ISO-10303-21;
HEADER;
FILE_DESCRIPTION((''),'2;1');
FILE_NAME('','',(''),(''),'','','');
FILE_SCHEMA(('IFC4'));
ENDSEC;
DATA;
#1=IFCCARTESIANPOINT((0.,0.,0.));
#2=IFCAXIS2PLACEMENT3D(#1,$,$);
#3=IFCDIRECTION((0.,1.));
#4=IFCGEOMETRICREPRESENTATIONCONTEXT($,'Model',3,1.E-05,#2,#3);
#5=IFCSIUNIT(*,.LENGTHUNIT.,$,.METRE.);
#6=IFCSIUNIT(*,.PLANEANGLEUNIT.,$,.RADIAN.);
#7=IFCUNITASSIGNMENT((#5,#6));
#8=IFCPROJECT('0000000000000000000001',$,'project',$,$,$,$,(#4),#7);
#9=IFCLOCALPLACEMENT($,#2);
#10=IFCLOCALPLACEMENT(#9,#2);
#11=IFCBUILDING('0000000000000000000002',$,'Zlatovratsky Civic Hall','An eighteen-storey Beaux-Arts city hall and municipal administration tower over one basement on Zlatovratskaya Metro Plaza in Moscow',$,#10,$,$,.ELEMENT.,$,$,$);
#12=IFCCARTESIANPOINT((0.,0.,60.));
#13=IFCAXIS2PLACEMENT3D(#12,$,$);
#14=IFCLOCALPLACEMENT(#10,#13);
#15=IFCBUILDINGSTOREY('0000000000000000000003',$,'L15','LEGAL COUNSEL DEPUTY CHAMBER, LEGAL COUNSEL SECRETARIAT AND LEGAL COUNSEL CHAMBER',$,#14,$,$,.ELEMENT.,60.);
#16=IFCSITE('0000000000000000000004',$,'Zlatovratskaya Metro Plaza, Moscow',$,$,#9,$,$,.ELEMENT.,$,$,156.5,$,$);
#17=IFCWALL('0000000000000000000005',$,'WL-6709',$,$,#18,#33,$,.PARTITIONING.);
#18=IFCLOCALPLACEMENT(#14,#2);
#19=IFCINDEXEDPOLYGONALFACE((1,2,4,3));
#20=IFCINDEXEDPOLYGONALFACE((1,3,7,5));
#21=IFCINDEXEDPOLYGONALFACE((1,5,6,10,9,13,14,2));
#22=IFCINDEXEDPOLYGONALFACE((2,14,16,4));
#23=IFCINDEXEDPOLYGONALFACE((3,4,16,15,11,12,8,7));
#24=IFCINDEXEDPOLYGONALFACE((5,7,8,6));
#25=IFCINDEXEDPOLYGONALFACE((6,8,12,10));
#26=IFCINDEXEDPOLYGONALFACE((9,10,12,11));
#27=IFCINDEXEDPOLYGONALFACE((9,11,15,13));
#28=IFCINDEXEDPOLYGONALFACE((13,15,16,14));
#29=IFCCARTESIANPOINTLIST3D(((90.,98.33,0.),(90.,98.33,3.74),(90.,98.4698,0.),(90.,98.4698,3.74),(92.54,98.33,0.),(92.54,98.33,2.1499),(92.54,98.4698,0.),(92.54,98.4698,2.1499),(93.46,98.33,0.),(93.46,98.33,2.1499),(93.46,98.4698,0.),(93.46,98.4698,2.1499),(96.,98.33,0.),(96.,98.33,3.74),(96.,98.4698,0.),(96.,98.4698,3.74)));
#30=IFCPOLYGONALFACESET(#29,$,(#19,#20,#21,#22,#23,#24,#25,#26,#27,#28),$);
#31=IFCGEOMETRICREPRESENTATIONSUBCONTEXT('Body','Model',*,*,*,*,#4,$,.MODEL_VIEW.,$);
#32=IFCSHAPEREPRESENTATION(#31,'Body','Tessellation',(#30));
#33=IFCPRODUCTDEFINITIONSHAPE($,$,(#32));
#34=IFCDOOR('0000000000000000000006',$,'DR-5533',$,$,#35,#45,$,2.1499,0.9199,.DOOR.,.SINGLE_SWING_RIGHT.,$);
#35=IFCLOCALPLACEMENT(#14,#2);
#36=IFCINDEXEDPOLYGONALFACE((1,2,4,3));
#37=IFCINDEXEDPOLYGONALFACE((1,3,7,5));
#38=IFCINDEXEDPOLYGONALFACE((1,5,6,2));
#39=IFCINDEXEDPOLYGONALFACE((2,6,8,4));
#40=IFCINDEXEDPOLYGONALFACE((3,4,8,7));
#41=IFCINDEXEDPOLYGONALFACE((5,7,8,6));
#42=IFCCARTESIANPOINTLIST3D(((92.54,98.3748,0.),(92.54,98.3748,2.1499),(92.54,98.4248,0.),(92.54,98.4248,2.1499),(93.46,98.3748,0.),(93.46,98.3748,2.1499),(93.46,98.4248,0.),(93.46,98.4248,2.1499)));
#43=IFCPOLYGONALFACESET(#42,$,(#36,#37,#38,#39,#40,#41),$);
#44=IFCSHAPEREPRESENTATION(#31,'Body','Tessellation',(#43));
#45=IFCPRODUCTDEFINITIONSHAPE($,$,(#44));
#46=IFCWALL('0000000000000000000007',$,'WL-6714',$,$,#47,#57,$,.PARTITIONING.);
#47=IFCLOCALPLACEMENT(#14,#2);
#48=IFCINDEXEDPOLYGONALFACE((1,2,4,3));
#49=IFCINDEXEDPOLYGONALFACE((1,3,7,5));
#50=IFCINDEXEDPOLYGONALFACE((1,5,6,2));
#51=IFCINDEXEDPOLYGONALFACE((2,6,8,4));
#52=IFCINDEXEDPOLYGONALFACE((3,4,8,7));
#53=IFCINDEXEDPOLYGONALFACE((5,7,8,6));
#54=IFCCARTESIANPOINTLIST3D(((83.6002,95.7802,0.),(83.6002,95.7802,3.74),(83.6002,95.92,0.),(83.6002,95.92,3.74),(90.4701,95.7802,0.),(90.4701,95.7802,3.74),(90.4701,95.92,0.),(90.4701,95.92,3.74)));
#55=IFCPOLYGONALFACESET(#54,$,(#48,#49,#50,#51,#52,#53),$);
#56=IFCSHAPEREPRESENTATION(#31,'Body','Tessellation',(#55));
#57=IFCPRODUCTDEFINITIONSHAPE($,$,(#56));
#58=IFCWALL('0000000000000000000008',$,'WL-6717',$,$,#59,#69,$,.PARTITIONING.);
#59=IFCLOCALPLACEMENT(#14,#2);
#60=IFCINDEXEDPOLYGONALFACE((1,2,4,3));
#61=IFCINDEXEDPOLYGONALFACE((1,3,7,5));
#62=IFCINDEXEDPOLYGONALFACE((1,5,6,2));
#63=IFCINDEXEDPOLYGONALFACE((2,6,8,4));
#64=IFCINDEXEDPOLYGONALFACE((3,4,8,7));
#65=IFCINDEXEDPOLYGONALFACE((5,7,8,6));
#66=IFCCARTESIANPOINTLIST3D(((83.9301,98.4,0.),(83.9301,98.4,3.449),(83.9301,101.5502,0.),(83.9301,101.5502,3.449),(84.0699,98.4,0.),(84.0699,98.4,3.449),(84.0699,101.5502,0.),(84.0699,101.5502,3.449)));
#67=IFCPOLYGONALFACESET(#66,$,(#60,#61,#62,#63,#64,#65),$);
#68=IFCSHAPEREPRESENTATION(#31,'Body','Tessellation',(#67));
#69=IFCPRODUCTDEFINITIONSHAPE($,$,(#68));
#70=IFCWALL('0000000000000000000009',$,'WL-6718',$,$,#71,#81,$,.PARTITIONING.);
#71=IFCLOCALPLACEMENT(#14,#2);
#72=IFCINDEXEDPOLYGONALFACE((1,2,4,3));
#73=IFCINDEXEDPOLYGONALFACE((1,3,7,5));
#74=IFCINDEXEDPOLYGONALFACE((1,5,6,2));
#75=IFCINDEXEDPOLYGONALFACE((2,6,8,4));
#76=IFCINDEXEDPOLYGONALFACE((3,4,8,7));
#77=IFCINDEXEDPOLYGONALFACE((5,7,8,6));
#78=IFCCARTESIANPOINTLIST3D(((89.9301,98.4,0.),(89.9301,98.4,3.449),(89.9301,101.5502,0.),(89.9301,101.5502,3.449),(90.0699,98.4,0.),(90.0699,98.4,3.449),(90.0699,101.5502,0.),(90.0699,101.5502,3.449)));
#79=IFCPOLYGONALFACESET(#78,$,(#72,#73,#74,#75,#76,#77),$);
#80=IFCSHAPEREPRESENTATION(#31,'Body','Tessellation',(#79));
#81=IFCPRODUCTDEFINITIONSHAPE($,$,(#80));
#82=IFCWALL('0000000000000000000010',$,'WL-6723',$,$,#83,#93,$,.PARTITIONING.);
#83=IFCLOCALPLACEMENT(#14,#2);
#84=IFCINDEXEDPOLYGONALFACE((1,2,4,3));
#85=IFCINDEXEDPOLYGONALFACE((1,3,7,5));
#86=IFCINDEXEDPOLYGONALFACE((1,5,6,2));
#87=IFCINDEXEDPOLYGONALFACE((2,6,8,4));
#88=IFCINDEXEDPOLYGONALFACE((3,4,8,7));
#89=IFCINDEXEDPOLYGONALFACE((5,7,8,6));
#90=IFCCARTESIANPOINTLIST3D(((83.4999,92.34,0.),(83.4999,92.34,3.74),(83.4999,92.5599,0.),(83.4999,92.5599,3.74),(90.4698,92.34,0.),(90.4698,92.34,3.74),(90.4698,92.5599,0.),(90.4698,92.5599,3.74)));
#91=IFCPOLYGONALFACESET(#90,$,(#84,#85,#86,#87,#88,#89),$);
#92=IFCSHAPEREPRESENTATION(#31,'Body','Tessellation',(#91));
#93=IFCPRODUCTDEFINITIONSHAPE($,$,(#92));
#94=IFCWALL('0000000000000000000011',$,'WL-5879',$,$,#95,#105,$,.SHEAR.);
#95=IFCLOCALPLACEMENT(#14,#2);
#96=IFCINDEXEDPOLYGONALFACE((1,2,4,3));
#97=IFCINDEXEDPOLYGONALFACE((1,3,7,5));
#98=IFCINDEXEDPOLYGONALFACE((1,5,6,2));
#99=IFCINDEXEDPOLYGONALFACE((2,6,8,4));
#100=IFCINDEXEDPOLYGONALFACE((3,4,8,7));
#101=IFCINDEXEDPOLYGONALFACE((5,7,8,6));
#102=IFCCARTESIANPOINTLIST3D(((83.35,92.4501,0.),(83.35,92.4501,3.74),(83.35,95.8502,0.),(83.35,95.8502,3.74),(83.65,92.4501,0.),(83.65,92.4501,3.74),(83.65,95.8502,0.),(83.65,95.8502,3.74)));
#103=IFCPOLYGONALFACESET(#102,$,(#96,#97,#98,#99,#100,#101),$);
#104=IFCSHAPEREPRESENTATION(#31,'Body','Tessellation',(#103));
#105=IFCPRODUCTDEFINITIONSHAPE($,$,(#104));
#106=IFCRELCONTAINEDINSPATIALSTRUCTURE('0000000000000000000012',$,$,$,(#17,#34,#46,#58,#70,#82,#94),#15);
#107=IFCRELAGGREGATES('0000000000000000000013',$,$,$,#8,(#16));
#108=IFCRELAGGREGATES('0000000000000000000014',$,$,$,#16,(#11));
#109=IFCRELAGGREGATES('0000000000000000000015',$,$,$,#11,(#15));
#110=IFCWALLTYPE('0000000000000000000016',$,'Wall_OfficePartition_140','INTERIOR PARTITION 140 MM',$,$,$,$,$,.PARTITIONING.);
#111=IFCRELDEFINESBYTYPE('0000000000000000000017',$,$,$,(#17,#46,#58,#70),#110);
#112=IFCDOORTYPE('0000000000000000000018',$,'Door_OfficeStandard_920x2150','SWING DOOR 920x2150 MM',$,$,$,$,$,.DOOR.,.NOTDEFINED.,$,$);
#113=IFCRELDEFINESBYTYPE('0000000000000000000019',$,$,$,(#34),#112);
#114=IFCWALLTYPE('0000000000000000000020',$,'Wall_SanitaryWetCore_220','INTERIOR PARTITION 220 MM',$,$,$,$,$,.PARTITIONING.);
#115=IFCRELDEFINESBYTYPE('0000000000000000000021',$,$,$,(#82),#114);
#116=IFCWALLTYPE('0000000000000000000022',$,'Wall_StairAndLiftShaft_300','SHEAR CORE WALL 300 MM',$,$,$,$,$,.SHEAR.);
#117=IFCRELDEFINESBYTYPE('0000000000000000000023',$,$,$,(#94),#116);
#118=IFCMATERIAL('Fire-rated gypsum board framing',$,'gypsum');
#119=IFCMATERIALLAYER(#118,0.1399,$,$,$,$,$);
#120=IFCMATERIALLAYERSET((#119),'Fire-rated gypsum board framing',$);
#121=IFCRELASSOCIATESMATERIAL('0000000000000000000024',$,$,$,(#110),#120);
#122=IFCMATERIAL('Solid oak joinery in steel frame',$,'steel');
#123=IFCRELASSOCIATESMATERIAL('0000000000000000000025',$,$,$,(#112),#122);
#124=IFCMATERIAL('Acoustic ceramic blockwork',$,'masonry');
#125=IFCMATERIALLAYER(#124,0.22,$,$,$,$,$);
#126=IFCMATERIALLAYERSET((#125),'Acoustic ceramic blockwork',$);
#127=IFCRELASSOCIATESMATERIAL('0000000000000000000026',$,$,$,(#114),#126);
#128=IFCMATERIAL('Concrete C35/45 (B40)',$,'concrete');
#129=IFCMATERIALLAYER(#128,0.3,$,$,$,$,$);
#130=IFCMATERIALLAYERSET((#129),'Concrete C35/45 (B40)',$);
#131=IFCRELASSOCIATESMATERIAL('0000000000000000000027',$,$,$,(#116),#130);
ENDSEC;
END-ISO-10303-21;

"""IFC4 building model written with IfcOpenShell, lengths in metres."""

from ifc_helpers import new_model, si_unit, direction, frame, frame_2d, origin, place, context, subcontext, project, spatial, rectangle, extrude, material, layer, layer_set, type_object, element, fill, save


model = new_model("IFC4")

# Units and contexts
model_context = context("Model", 3, precision=1e-05, world=origin(), true_north=direction((0.0, 1.0)))
body_context = subcontext(model_context, "Body", "Model", "MODEL_VIEW")
ifc_project = project(units=[si_unit("LENGTHUNIT", "METRE"), si_unit("PLANEANGLEUNIT", "RADIAN")], contexts=[model_context])

# Site, building, storey
site_placement = place(None, origin())
site = spatial("IfcSite", under=ifc_project, at=site_placement, Name="Zlatovratskaya Metro Plaza, Moscow", CompositionType="ELEMENT", RefElevation=156.5)
building_placement = place(site_placement, origin())
building = spatial("IfcBuilding", under=site, at=building_placement, Name="Zlatovratsky Civic Hall", Description="An eighteen-storey Beaux-Arts city hall and municipal administration tower over one basement on Zlatovratskaya Metro Plaza in Moscow", CompositionType="ELEMENT")
storey_placement = place(building_placement, frame((0.0, 0.0, 60.0)))
storey = spatial("IfcBuildingStorey", under=building, at=storey_placement, Name="L15", Description="LEGAL COUNSEL DEPUTY CHAMBER, LEGAL COUNSEL SECRETARIAT AND LEGAL COUNSEL CHAMBER", CompositionType="ELEMENT", Elevation=60.0)

# Shared definitions
ifc_material_1 = material(Name="Concrete C35/45 (B40)", Category="concrete")

# Wall, opening, door
ifc_material_2 = material(Name="Fire-rated gypsum board framing", Category="gypsum")
ifc_layer_1 = layer(ifc_material_2, 0.1399)
ifc_layer_set_1 = layer_set([ifc_layer_1], Name="Fire-rated gypsum board framing")
wall_type_1 = type_object("IfcWallType", Name="Wall_OfficePartition_140", Description="INTERIOR PARTITION 140 MM", PredefinedType="PARTITIONING", material=ifc_layer_set_1)
ifc_material_3 = material(Name="Solid oak joinery in steel frame", Category="steel")
door_type = type_object("IfcDoorType", Name="Door_OfficeStandard_920x2150", Description="SWING DOOR 920x2150 MM", OperationType="NOTDEFINED", PredefinedType="DOOR", material=ifc_material_3)
wall_1_placement = place(storey_placement, frame((90.0, 98.3999, 0.0), z_axis=(0.0, 0.0, 1.0), x_axis=(1.0, 0.0, 0.0)))
wall_1 = element("IfcWall", 1, at=wall_1_placement, inside=storey, type_object=wall_type_1, Name="WL-6709", PredefinedType="PARTITIONING", context=body_context, shape_type="SweptSolid", body=[
    extrude(rectangle(XDim=6.0, YDim=0.1399, at=frame_2d((3.0, 0.0))), origin(), (0.0, 0.0, 1.0), 3.74),
])
opening_1_placement = place(wall_1_placement, frame((2.54, 0.0, 0.0)))
opening_1 = element("IfcOpeningElement", 2, at=opening_1_placement, cuts=wall_1, PredefinedType="OPENING", context=body_context, shape_type="SweptSolid", body=[
    extrude(rectangle(XDim=0.9199, YDim=2.1499, at=frame_2d((0.46, 1.075))), frame((0.0, 0.085, 0.0), z_axis=(0.0, -1.0, 0.0), x_axis=(1.0, 0.0, 0.0)), (0.0, 0.0, 1.0), 0.1697),
])
door_1_placement = place(opening_1_placement, origin())
door_1 = element("IfcDoor", 3, at=door_1_placement, inside=storey, type_object=door_type, Name="DR-5533", OperationType="SINGLE_SWING_RIGHT", OverallHeight=2.1499, OverallWidth=0.9199, PredefinedType="DOOR", context=body_context, shape_type="SweptSolid", body=[
    extrude(rectangle(XDim=0.9199, YDim=2.1499, at=frame_2d((0.46, 1.075))), frame((0.0, 0.0249, 0.0), z_axis=(0.0, -1.0, 0.0), x_axis=(1.0, 0.0, 0.0)), (0.0, 0.0, 1.0), 0.05),
])
fill(opening_1, door_1)

# Walls
wall_2_placement = place(storey_placement, frame((83.6001, 95.8501, 0.0), z_axis=(0.0, 0.0, 1.0), x_axis=(1.0, 0.0, 0.0)))
element("IfcWall", 4, at=wall_2_placement, inside=storey, type_object=wall_type_1, Name="WL-6714", PredefinedType="PARTITIONING", context=body_context, shape_type="SweptSolid", body=[
    extrude(rectangle(XDim=6.8699, YDim=0.1399, at=frame_2d((3.4351, 0.0))), origin(), (0.0, 0.0, 1.0), 3.74),
])
for number, where, z_axis, x_axis, name in (
    (5, (84.0, 98.3999, 0.0), (0.0, 0.0, 1.0), (0.0, 1.0, 0.0), "WL-6717"),
    (6, (90.0, 98.3999, 0.0), (0.0, 0.0, 1.0), (0.0, 1.0, 0.0), "WL-6718"),
):
    element("IfcWall", number, at=place(storey_placement, frame(where, z_axis=z_axis, x_axis=x_axis)), inside=storey, type_object=wall_type_1, Name=name, PredefinedType="PARTITIONING", context=body_context, shape_type="SweptSolid", body=[
        extrude(rectangle(XDim=3.1501, YDim=0.1399, at=frame_2d((1.5752, 0.0))), origin(), (0.0, 0.0, 1.0), 3.449),
    ])
ifc_material_4 = material(Name="Acoustic ceramic blockwork", Category="masonry")
ifc_layer_2 = layer(ifc_material_4, 0.22)
ifc_layer_set_2 = layer_set([ifc_layer_2], Name="Acoustic ceramic blockwork")
wall_type_2 = type_object("IfcWallType", Name="Wall_SanitaryWetCore_220", Description="INTERIOR PARTITION 220 MM", PredefinedType="PARTITIONING", material=ifc_layer_set_2)
wall_3_placement = place(storey_placement, frame((83.5, 92.45, 0.0), z_axis=(0.0, 0.0, 1.0), x_axis=(1.0, 0.0, 0.0)))
element("IfcWall", 7, at=wall_3_placement, inside=storey, type_object=wall_type_2, Name="WL-6723", PredefinedType="PARTITIONING", context=body_context, shape_type="SweptSolid", body=[
    extrude(rectangle(XDim=6.97, YDim=0.22, at=frame_2d((3.4849, 0.0))), origin(), (0.0, 0.0, 1.0), 3.74),
])
ifc_layer_3 = layer(ifc_material_1, 0.3)
ifc_layer_set_3 = layer_set([ifc_layer_3], Name="Concrete C35/45 (B40)")
wall_type_3 = type_object("IfcWallType", Name="Wall_StairAndLiftShaft_300", Description="SHEAR CORE WALL 300 MM", PredefinedType="SHEAR", material=ifc_layer_set_3)
wall_4_placement = place(storey_placement, frame((83.5, 92.45, 0.0), z_axis=(0.0, 0.0, 1.0), x_axis=(0.0, 1.0, 0.0)))
element("IfcWall", 8, at=wall_4_placement, inside=storey, type_object=wall_type_3, Name="WL-5879", PredefinedType="SHEAR", context=body_context, shape_type="SweptSolid", body=[
    extrude(rectangle(XDim=3.4001, YDim=0.3, at=frame_2d((1.7002, 0.0))), origin(), (0.0, 0.0, 1.0), 3.74),
])

save(model, "model.ifc")
